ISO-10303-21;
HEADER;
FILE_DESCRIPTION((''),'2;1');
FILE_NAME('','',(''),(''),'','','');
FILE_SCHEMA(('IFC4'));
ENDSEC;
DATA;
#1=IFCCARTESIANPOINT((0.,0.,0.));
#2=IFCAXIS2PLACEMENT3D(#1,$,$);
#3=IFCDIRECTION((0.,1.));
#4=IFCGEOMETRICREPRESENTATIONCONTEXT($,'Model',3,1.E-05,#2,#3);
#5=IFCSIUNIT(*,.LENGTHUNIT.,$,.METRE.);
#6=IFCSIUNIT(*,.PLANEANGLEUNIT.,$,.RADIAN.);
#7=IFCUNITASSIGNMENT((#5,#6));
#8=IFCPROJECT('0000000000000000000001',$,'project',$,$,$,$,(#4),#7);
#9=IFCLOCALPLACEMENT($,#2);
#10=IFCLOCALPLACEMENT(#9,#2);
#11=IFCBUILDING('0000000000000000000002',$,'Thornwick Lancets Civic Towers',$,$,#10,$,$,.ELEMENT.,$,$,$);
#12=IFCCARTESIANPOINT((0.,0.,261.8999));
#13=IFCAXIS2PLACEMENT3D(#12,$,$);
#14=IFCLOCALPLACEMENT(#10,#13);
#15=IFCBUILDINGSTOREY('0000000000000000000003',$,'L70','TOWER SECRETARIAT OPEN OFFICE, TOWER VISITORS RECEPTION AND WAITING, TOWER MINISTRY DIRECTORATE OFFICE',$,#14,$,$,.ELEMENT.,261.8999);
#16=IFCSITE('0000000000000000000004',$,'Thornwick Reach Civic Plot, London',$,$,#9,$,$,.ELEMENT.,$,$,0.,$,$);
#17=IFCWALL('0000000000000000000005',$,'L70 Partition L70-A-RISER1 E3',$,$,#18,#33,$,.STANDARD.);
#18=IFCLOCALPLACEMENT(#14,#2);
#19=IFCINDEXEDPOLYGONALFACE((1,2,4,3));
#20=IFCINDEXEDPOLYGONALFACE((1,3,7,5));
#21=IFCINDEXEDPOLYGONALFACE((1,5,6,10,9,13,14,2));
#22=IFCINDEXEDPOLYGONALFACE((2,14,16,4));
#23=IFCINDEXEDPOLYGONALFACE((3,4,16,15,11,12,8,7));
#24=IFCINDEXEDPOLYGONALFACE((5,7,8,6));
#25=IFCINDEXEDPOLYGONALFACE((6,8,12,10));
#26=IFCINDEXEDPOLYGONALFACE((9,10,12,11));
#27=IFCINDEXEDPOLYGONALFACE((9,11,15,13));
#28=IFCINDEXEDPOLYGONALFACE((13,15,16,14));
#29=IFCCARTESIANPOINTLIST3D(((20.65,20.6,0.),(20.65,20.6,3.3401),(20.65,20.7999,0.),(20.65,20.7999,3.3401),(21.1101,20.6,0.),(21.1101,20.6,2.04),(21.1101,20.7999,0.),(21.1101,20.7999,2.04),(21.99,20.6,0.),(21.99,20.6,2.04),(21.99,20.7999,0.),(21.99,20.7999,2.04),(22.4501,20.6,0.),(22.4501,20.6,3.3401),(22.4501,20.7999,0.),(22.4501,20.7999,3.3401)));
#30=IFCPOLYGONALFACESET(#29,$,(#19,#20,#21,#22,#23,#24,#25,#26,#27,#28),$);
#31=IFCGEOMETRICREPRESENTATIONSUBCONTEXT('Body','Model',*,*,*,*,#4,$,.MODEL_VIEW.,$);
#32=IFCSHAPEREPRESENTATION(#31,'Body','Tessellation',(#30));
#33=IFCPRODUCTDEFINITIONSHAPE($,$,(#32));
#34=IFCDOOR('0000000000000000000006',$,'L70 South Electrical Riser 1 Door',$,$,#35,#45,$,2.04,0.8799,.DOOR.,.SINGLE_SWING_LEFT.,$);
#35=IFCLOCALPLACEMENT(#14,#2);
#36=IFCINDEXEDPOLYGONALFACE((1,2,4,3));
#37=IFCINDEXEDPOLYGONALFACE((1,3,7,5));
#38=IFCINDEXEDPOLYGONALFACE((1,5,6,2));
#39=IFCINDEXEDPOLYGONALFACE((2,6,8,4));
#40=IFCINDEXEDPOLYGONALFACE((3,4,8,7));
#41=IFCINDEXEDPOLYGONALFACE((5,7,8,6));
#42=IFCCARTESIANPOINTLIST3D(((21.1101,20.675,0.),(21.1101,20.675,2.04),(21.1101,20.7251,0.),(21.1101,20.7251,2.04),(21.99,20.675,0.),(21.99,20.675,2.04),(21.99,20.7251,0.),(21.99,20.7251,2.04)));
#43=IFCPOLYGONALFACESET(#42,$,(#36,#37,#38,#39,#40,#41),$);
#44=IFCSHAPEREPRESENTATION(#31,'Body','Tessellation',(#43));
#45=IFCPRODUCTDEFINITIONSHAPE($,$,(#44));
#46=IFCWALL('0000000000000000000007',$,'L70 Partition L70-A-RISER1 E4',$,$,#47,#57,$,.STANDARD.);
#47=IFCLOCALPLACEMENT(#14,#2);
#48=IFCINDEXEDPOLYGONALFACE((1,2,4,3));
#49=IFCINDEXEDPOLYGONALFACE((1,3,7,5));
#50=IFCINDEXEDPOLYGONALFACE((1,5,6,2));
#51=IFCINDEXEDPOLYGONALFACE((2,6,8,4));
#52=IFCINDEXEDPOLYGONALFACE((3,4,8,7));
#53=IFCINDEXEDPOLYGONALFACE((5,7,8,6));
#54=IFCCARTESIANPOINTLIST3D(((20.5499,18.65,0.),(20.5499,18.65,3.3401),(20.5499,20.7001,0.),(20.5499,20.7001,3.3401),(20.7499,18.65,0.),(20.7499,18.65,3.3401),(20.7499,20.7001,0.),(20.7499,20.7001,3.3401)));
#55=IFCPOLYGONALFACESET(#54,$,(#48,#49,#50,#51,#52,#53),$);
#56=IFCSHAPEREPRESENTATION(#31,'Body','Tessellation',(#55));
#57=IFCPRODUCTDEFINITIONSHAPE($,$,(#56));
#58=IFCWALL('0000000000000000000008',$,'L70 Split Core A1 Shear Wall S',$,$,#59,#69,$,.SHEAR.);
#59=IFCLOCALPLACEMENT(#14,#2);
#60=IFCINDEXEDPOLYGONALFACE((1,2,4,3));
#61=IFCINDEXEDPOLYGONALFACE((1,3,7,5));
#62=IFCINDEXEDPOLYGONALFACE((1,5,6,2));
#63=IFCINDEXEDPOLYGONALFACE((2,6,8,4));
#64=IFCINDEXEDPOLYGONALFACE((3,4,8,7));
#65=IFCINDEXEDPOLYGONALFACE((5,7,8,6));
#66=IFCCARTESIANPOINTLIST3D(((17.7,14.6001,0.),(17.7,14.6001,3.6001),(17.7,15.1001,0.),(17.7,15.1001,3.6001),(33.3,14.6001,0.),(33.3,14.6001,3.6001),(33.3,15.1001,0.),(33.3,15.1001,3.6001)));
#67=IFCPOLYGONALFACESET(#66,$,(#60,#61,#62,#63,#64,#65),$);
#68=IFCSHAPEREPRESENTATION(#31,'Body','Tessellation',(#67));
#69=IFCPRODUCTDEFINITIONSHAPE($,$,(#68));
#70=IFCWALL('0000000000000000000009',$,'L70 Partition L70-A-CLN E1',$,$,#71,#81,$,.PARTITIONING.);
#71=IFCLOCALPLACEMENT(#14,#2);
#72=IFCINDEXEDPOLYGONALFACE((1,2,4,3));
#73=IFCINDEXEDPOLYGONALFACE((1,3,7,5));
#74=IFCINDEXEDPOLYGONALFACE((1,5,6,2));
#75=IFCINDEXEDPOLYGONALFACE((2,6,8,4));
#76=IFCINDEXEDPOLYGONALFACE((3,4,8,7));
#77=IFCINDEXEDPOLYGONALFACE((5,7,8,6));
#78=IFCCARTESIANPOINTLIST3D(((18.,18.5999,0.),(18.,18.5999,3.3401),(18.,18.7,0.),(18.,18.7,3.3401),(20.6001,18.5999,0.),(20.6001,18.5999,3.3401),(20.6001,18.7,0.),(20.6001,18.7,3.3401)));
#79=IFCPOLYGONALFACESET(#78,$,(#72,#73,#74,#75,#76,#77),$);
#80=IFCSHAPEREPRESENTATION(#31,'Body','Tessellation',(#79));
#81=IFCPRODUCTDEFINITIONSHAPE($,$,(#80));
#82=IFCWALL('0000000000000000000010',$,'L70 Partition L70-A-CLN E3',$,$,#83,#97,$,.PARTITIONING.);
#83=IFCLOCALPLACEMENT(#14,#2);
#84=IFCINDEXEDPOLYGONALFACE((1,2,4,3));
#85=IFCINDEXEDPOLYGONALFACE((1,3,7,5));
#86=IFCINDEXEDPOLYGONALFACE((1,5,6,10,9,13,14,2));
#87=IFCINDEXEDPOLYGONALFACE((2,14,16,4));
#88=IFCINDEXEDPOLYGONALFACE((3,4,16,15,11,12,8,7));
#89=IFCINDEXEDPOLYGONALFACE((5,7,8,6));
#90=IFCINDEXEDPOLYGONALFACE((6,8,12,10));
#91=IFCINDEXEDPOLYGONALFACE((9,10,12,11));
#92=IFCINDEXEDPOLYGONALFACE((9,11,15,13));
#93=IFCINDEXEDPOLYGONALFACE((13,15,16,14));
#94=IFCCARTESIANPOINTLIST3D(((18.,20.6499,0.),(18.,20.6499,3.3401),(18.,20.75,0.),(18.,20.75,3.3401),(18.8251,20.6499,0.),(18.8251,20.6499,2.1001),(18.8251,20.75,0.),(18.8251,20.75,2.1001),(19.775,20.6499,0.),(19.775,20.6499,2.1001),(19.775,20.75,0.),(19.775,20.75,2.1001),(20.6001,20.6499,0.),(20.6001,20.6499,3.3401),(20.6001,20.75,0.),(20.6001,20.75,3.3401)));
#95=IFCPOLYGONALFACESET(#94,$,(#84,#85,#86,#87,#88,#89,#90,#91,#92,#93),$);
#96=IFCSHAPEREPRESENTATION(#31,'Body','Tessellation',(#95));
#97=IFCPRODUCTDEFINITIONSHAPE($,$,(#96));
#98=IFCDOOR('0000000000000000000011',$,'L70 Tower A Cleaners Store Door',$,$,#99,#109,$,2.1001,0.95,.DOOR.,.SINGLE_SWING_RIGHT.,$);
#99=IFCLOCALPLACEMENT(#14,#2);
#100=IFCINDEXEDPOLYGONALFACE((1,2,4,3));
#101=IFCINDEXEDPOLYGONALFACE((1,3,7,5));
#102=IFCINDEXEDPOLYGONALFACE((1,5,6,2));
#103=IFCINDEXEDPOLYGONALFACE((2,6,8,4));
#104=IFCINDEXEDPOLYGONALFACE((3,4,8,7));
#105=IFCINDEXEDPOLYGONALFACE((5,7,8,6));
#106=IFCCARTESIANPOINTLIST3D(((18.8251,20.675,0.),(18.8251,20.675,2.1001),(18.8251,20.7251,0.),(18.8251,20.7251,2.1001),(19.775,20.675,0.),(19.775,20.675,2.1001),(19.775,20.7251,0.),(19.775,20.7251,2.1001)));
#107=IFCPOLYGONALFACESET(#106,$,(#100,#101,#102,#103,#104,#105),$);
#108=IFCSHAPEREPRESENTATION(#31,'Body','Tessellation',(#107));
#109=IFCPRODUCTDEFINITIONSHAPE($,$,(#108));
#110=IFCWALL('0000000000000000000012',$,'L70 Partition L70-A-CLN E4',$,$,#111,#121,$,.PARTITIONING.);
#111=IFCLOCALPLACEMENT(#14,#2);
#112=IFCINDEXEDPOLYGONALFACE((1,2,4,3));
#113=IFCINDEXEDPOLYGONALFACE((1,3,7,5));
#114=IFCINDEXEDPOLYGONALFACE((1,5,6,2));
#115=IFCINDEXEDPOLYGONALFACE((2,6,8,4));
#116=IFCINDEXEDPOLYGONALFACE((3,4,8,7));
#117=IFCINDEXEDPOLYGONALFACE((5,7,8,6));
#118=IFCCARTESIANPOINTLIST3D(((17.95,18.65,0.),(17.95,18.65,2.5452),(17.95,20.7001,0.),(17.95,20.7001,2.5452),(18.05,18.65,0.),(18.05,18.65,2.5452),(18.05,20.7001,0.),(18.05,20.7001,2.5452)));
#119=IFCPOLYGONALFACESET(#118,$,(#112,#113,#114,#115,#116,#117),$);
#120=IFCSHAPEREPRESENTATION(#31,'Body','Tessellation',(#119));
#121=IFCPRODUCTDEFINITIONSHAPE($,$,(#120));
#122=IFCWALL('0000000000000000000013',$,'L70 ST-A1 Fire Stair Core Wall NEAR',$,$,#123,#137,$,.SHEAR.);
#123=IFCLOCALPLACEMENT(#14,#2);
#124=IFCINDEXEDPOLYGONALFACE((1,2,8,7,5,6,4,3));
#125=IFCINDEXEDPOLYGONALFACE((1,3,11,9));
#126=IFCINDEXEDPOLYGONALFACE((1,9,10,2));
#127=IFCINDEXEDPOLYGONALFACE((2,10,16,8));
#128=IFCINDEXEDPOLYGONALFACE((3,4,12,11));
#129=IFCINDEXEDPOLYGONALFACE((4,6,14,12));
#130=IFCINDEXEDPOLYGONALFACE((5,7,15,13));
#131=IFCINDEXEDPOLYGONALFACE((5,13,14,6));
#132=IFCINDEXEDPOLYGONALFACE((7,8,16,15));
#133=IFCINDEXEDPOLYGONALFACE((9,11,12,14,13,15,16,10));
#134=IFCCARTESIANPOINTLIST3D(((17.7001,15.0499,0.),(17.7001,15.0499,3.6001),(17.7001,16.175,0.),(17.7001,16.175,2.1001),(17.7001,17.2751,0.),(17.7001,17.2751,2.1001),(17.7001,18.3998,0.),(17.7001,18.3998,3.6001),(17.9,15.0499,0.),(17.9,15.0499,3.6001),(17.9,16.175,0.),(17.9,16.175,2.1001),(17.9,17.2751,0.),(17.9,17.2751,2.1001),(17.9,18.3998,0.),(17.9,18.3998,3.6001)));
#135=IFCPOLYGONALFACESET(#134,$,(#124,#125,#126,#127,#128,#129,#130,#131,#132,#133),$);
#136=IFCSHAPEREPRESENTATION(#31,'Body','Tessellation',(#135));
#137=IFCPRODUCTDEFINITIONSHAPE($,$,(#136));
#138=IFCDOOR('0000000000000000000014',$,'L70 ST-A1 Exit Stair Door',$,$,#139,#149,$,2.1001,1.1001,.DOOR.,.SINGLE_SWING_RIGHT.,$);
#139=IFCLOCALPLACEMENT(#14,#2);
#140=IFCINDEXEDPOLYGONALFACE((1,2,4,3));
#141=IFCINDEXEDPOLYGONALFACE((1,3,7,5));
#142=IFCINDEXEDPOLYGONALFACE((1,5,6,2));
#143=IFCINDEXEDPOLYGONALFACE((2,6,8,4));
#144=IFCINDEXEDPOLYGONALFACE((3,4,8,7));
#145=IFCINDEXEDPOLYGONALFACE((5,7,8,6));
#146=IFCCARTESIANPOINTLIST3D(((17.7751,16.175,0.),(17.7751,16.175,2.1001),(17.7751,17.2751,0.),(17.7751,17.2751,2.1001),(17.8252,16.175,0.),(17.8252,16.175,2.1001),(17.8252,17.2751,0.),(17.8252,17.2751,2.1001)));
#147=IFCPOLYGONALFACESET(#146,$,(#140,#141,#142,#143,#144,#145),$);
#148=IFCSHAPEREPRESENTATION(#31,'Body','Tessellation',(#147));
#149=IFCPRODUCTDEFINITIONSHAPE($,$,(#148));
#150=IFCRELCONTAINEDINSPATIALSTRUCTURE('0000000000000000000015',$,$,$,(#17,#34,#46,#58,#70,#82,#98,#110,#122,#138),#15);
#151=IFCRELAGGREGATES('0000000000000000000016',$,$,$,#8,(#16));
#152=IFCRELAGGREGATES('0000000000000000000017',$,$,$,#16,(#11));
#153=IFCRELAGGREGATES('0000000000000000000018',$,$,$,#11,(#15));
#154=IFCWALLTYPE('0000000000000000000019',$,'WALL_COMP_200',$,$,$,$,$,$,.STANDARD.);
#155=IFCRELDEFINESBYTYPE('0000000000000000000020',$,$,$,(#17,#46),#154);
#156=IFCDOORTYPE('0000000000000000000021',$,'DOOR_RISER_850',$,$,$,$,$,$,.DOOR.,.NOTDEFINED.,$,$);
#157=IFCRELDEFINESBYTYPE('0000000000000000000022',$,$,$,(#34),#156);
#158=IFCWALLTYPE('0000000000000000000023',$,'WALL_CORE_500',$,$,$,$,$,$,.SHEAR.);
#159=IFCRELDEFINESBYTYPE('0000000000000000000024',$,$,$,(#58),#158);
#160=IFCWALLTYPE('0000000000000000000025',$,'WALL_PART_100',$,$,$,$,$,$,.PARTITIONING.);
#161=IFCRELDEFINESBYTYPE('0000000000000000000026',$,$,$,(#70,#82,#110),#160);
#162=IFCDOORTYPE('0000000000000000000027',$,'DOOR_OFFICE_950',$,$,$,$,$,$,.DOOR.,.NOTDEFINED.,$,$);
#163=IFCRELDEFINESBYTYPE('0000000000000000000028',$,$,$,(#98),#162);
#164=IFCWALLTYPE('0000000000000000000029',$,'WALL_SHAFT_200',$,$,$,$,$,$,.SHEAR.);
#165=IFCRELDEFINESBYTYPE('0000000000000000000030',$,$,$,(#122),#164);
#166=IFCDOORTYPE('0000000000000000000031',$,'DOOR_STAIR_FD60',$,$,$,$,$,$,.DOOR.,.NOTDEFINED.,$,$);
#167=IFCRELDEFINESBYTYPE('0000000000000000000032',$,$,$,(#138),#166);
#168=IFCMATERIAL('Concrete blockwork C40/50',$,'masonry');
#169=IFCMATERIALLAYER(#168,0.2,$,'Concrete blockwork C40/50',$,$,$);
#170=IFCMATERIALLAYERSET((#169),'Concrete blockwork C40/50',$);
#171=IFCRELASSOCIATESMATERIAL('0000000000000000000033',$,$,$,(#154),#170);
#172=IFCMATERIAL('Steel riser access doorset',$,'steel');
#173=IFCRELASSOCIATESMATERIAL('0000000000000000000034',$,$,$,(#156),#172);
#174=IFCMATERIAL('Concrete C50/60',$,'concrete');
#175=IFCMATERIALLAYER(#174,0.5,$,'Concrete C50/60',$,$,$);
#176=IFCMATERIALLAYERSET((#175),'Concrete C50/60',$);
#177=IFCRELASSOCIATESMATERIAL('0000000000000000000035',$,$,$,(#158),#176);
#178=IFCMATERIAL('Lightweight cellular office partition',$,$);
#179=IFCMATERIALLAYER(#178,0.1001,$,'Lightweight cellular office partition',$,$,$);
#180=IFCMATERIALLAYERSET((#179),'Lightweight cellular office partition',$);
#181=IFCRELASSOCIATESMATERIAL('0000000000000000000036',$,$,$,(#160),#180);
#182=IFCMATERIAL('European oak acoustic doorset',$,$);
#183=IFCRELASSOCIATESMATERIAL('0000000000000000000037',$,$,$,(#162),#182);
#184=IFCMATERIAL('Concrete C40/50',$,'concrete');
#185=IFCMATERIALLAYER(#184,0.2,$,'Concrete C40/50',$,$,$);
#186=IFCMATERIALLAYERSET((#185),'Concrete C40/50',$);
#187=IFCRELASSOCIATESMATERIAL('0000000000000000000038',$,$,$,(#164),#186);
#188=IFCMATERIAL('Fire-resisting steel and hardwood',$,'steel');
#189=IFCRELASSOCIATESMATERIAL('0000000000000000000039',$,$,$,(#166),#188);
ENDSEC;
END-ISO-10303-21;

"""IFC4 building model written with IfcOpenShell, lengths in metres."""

from ifc_helpers import new_model, si_unit, direction, frame, frame_2d, origin, place, context, subcontext, project, spatial, rectangle, extrude, material, layer, layer_set, type_object, element, fill, save


model = new_model("IFC4")

# Units and contexts
model_context = context("Model", 3, precision=1e-05, world=origin(), true_north=direction((0.0, 1.0)))
body_context = subcontext(model_context, "Body", "Model", "MODEL_VIEW")
ifc_project = project(units=[si_unit("LENGTHUNIT", "METRE"), si_unit("PLANEANGLEUNIT", "RADIAN")], contexts=[model_context])

# Site, building, storey
site_placement = place(None, origin())
site = spatial("IfcSite", under=ifc_project, at=site_placement, Name="Thornwick Reach Civic Plot, London", CompositionType="ELEMENT", RefElevation=0.0)
building_placement = place(site_placement, origin())
building = spatial("IfcBuilding", under=site, at=building_placement, Name="Thornwick Lancets Civic Towers", CompositionType="ELEMENT")
storey_placement = place(building_placement, frame((0.0, 0.0, 261.8999)))
storey = spatial("IfcBuildingStorey", under=building, at=storey_placement, Name="L70", Description="TOWER SECRETARIAT OPEN OFFICE, TOWER VISITORS RECEPTION AND WAITING, TOWER MINISTRY DIRECTORATE OFFICE", CompositionType="ELEMENT", Elevation=261.8999)

# Shared definitions
ifc_material_1 = material(Name="Concrete C50/60", Category="concrete")

# Shared definitions
ifc_material_2 = material(Name="Concrete C40/50", Category="concrete")

# Shared definitions
ifc_material_3 = material(Name="Concrete blockwork C40/50", Category="masonry")
ifc_layer_1 = layer(ifc_material_3, 0.2, Name="Concrete blockwork C40/50")
ifc_layer_set_1 = layer_set([ifc_layer_1], Name="Concrete blockwork C40/50")
wall_type_1 = type_object("IfcWallType", Name="WALL_COMP_200", PredefinedType="STANDARD", material=ifc_layer_set_1)

# Wall, opening, door
wall_1_placement = place(storey_placement, frame((22.45, 20.7, 0.0), z_axis=(0.0, 0.0, 1.0), x_axis=(-1.0, 0.0, 0.0)))
wall_1 = element("IfcWall", 1, at=wall_1_placement, inside=storey, type_object=wall_type_1, Name="L70 Partition L70-A-RISER1 E3", PredefinedType="STANDARD", context=body_context, shape_type="SweptSolid", body=[
    extrude(rectangle(XDim=1.8, YDim=0.2, at=frame_2d((0.8999, 0.0))), origin(), (0.0, 0.0, 1.0), 3.3401),
])
opening_1_placement = place(wall_1_placement, frame((0.46, 0.0, 0.0)))
opening_1 = element("IfcOpeningElement", 2, at=opening_1_placement, cuts=wall_1, PredefinedType="OPENING", context=body_context, shape_type="SweptSolid", body=[
    extrude(rectangle(XDim=0.8799, YDim=2.04, at=frame_2d((0.4399, 1.02))), frame((0.0, 0.1099, 0.0), z_axis=(0.0, -1.0, 0.0), x_axis=(1.0, 0.0, 0.0)), (0.0, 0.0, 1.0), 0.22),
])
ifc_material_4 = material(Name="Steel riser access doorset", Category="steel")
door_type_1 = type_object("IfcDoorType", Name="DOOR_RISER_850", OperationType="NOTDEFINED", PredefinedType="DOOR", material=ifc_material_4)
door_1_placement = place(opening_1_placement, origin())
door_1 = element("IfcDoor", 3, at=door_1_placement, inside=storey, type_object=door_type_1, Name="L70 South Electrical Riser 1 Door", OperationType="SINGLE_SWING_LEFT", OverallHeight=2.04, OverallWidth=0.8799, PredefinedType="DOOR", context=body_context, shape_type="SweptSolid", body=[
    extrude(rectangle(XDim=0.8799, YDim=2.04, at=frame_2d((0.4399, 1.02))), frame((0.0, 0.0249, 0.0), z_axis=(0.0, -1.0, 0.0), x_axis=(1.0, 0.0, 0.0)), (0.0, 0.0, 1.0), 0.05),
])
fill(opening_1, door_1)

# Walls
wall_2_placement = place(storey_placement, frame((20.6499, 20.7, 0.0), z_axis=(0.0, 0.0, 1.0), x_axis=(0.0, -1.0, 0.0)))
element("IfcWall", 4, at=wall_2_placement, inside=storey, type_object=wall_type_1, Name="L70 Partition L70-A-RISER1 E4", PredefinedType="STANDARD", context=body_context, shape_type="SweptSolid", body=[
    extrude(rectangle(XDim=2.05, YDim=0.2, at=frame_2d((1.0249, 0.0))), origin(), (0.0, 0.0, 1.0), 3.3401),
])
ifc_layer_2 = layer(ifc_material_1, 0.5, Name="Concrete C50/60")
ifc_layer_set_2 = layer_set([ifc_layer_2], Name="Concrete C50/60")
wall_type_2 = type_object("IfcWallType", Name="WALL_CORE_500", PredefinedType="SHEAR", material=ifc_layer_set_2)
wall_3_placement = place(storey_placement, frame((17.7, 14.8501, 0.0), z_axis=(0.0, 0.0, 1.0), x_axis=(1.0, 0.0, 0.0)))
element("IfcWall", 5, at=wall_3_placement, inside=storey, type_object=wall_type_2, Name="L70 Split Core A1 Shear Wall S", PredefinedType="SHEAR", context=body_context, shape_type="SweptSolid", body=[
    extrude(rectangle(XDim=15.6001, YDim=0.5, at=frame_2d((7.8, 0.0))), origin(), (0.0, 0.0, 1.0), 3.6001),
])
ifc_material_5 = material(Name="Lightweight cellular office partition")
ifc_layer_3 = layer(ifc_material_5, 0.1001, Name="Lightweight cellular office partition")
ifc_layer_set_3 = layer_set([ifc_layer_3], Name="Lightweight cellular office partition")
wall_type_3 = type_object("IfcWallType", Name="WALL_PART_100", PredefinedType="PARTITIONING", material=ifc_layer_set_3)
wall_4_placement = place(storey_placement, frame((18.0, 18.6499, 0.0), z_axis=(0.0, 0.0, 1.0), x_axis=(1.0, 0.0, 0.0)))
element("IfcWall", 6, at=wall_4_placement, inside=storey, type_object=wall_type_3, Name="L70 Partition L70-A-CLN E1", PredefinedType="PARTITIONING", context=body_context, shape_type="SweptSolid", body=[
    extrude(rectangle(XDim=2.6001, YDim=0.1001, at=frame_2d((1.3, 0.0))), origin(), (0.0, 0.0, 1.0), 3.3401),
])

# Wall, opening, door
wall_5_placement = place(storey_placement, frame((20.6001, 20.7, 0.0), z_axis=(0.0, 0.0, 1.0), x_axis=(-1.0, 0.0, 0.0)))
wall_5 = element("IfcWall", 7, at=wall_5_placement, inside=storey, type_object=wall_type_3, Name="L70 Partition L70-A-CLN E3", PredefinedType="PARTITIONING", context=body_context, shape_type="SweptSolid", body=[
    extrude(rectangle(XDim=2.6001, YDim=0.1001, at=frame_2d((1.3, 0.0))), origin(), (0.0, 0.0, 1.0), 3.3401),
])
opening_2_placement = place(wall_5_placement, frame((0.825, 0.0, 0.0)))
opening_2 = element("IfcOpeningElement", 8, at=opening_2_placement, cuts=wall_5, PredefinedType="OPENING", context=body_context, shape_type="SweptSolid", body=[
    extrude(rectangle(XDim=0.95, YDim=2.1001, at=frame_2d((0.4751, 1.05))), frame((0.0, 0.0601, 0.0), z_axis=(0.0, -1.0, 0.0), x_axis=(1.0, 0.0, 0.0)), (0.0, 0.0, 1.0), 0.1201),
])
ifc_material_6 = material(Name="European oak acoustic doorset")
door_type_2 = type_object("IfcDoorType", Name="DOOR_OFFICE_950", OperationType="NOTDEFINED", PredefinedType="DOOR", material=ifc_material_6)
door_2_placement = place(opening_2_placement, origin())
door_2 = element("IfcDoor", 9, at=door_2_placement, inside=storey, type_object=door_type_2, Name="L70 Tower A Cleaners Store Door", OperationType="SINGLE_SWING_RIGHT", OverallHeight=2.1001, OverallWidth=0.95, PredefinedType="DOOR", context=body_context, shape_type="SweptSolid", body=[
    extrude(rectangle(XDim=0.95, YDim=2.1001, at=frame_2d((0.4751, 1.05))), frame((0.0, 0.0249, 0.0), z_axis=(0.0, -1.0, 0.0), x_axis=(1.0, 0.0, 0.0)), (0.0, 0.0, 1.0), 0.05),
])
fill(opening_2, door_2)

# Wall
wall_6_placement = place(storey_placement, frame((18.0, 20.7, 0.0), z_axis=(0.0, 0.0, 1.0), x_axis=(0.0, -1.0, 0.0)))
element("IfcWall", 10, at=wall_6_placement, inside=storey, type_object=wall_type_3, Name="L70 Partition L70-A-CLN E4", PredefinedType="PARTITIONING", context=body_context, shape_type="SweptSolid", body=[
    extrude(rectangle(XDim=2.05, YDim=0.1001, at=frame_2d((1.0249, 0.0))), origin(), (0.0, 0.0, 1.0), 2.5452),
])

# Wall, opening, door
ifc_layer_4 = layer(ifc_material_2, 0.2, Name="Concrete C40/50")
ifc_layer_set_4 = layer_set([ifc_layer_4], Name="Concrete C40/50")
wall_type_4 = type_object("IfcWallType", Name="WALL_SHAFT_200", PredefinedType="SHEAR", material=ifc_layer_set_4)
wall_7_placement = place(storey_placement, frame((17.8, 15.05, 0.0), z_axis=(0.0, 0.0, 1.0), x_axis=(0.0, 1.0, 0.0)))
wall_7 = element("IfcWall", 11, at=wall_7_placement, inside=storey, type_object=wall_type_4, Name="L70 ST-A1 Fire Stair Core Wall NEAR", PredefinedType="SHEAR", context=body_context, shape_type="SweptSolid", body=[
    extrude(rectangle(XDim=3.3499, YDim=0.2, at=frame_2d((1.6748, 0.0))), origin(), (0.0, 0.0, 1.0), 3.6001),
])
opening_3_placement = place(wall_7_placement, frame((1.125, 0.0, 0.0)))
opening_3 = element("IfcOpeningElement", 12, at=opening_3_placement, cuts=wall_7, PredefinedType="OPENING", context=body_context, shape_type="SweptSolid", body=[
    extrude(rectangle(XDim=1.1001, YDim=2.1001, at=frame_2d((0.55, 1.05))), frame((0.0, 0.1099, 0.0), z_axis=(0.0, -1.0, 0.0), x_axis=(1.0, 0.0, 0.0)), (0.0, 0.0, 1.0), 0.22),
])
ifc_material_7 = material(Name="Fire-resisting steel and hardwood", Category="steel")
door_type_3 = type_object("IfcDoorType", Name="DOOR_STAIR_FD60", OperationType="NOTDEFINED", PredefinedType="DOOR", material=ifc_material_7)
door_3_placement = place(opening_3_placement, origin())
door_3 = element("IfcDoor", 13, at=door_3_placement, inside=storey, type_object=door_type_3, Name="L70 ST-A1 Exit Stair Door", OperationType="SINGLE_SWING_RIGHT", OverallHeight=2.1001, OverallWidth=1.1001, PredefinedType="DOOR", context=body_context, shape_type="SweptSolid", body=[
    extrude(rectangle(XDim=1.1001, YDim=2.1001, at=frame_2d((0.55, 1.05))), frame((0.0, 0.0249, 0.0), z_axis=(0.0, -1.0, 0.0), x_axis=(1.0, 0.0, 0.0)), (0.0, 0.0, 1.0), 0.05),
])
fill(opening_3, door_3)

save(model, "model.ifc")
